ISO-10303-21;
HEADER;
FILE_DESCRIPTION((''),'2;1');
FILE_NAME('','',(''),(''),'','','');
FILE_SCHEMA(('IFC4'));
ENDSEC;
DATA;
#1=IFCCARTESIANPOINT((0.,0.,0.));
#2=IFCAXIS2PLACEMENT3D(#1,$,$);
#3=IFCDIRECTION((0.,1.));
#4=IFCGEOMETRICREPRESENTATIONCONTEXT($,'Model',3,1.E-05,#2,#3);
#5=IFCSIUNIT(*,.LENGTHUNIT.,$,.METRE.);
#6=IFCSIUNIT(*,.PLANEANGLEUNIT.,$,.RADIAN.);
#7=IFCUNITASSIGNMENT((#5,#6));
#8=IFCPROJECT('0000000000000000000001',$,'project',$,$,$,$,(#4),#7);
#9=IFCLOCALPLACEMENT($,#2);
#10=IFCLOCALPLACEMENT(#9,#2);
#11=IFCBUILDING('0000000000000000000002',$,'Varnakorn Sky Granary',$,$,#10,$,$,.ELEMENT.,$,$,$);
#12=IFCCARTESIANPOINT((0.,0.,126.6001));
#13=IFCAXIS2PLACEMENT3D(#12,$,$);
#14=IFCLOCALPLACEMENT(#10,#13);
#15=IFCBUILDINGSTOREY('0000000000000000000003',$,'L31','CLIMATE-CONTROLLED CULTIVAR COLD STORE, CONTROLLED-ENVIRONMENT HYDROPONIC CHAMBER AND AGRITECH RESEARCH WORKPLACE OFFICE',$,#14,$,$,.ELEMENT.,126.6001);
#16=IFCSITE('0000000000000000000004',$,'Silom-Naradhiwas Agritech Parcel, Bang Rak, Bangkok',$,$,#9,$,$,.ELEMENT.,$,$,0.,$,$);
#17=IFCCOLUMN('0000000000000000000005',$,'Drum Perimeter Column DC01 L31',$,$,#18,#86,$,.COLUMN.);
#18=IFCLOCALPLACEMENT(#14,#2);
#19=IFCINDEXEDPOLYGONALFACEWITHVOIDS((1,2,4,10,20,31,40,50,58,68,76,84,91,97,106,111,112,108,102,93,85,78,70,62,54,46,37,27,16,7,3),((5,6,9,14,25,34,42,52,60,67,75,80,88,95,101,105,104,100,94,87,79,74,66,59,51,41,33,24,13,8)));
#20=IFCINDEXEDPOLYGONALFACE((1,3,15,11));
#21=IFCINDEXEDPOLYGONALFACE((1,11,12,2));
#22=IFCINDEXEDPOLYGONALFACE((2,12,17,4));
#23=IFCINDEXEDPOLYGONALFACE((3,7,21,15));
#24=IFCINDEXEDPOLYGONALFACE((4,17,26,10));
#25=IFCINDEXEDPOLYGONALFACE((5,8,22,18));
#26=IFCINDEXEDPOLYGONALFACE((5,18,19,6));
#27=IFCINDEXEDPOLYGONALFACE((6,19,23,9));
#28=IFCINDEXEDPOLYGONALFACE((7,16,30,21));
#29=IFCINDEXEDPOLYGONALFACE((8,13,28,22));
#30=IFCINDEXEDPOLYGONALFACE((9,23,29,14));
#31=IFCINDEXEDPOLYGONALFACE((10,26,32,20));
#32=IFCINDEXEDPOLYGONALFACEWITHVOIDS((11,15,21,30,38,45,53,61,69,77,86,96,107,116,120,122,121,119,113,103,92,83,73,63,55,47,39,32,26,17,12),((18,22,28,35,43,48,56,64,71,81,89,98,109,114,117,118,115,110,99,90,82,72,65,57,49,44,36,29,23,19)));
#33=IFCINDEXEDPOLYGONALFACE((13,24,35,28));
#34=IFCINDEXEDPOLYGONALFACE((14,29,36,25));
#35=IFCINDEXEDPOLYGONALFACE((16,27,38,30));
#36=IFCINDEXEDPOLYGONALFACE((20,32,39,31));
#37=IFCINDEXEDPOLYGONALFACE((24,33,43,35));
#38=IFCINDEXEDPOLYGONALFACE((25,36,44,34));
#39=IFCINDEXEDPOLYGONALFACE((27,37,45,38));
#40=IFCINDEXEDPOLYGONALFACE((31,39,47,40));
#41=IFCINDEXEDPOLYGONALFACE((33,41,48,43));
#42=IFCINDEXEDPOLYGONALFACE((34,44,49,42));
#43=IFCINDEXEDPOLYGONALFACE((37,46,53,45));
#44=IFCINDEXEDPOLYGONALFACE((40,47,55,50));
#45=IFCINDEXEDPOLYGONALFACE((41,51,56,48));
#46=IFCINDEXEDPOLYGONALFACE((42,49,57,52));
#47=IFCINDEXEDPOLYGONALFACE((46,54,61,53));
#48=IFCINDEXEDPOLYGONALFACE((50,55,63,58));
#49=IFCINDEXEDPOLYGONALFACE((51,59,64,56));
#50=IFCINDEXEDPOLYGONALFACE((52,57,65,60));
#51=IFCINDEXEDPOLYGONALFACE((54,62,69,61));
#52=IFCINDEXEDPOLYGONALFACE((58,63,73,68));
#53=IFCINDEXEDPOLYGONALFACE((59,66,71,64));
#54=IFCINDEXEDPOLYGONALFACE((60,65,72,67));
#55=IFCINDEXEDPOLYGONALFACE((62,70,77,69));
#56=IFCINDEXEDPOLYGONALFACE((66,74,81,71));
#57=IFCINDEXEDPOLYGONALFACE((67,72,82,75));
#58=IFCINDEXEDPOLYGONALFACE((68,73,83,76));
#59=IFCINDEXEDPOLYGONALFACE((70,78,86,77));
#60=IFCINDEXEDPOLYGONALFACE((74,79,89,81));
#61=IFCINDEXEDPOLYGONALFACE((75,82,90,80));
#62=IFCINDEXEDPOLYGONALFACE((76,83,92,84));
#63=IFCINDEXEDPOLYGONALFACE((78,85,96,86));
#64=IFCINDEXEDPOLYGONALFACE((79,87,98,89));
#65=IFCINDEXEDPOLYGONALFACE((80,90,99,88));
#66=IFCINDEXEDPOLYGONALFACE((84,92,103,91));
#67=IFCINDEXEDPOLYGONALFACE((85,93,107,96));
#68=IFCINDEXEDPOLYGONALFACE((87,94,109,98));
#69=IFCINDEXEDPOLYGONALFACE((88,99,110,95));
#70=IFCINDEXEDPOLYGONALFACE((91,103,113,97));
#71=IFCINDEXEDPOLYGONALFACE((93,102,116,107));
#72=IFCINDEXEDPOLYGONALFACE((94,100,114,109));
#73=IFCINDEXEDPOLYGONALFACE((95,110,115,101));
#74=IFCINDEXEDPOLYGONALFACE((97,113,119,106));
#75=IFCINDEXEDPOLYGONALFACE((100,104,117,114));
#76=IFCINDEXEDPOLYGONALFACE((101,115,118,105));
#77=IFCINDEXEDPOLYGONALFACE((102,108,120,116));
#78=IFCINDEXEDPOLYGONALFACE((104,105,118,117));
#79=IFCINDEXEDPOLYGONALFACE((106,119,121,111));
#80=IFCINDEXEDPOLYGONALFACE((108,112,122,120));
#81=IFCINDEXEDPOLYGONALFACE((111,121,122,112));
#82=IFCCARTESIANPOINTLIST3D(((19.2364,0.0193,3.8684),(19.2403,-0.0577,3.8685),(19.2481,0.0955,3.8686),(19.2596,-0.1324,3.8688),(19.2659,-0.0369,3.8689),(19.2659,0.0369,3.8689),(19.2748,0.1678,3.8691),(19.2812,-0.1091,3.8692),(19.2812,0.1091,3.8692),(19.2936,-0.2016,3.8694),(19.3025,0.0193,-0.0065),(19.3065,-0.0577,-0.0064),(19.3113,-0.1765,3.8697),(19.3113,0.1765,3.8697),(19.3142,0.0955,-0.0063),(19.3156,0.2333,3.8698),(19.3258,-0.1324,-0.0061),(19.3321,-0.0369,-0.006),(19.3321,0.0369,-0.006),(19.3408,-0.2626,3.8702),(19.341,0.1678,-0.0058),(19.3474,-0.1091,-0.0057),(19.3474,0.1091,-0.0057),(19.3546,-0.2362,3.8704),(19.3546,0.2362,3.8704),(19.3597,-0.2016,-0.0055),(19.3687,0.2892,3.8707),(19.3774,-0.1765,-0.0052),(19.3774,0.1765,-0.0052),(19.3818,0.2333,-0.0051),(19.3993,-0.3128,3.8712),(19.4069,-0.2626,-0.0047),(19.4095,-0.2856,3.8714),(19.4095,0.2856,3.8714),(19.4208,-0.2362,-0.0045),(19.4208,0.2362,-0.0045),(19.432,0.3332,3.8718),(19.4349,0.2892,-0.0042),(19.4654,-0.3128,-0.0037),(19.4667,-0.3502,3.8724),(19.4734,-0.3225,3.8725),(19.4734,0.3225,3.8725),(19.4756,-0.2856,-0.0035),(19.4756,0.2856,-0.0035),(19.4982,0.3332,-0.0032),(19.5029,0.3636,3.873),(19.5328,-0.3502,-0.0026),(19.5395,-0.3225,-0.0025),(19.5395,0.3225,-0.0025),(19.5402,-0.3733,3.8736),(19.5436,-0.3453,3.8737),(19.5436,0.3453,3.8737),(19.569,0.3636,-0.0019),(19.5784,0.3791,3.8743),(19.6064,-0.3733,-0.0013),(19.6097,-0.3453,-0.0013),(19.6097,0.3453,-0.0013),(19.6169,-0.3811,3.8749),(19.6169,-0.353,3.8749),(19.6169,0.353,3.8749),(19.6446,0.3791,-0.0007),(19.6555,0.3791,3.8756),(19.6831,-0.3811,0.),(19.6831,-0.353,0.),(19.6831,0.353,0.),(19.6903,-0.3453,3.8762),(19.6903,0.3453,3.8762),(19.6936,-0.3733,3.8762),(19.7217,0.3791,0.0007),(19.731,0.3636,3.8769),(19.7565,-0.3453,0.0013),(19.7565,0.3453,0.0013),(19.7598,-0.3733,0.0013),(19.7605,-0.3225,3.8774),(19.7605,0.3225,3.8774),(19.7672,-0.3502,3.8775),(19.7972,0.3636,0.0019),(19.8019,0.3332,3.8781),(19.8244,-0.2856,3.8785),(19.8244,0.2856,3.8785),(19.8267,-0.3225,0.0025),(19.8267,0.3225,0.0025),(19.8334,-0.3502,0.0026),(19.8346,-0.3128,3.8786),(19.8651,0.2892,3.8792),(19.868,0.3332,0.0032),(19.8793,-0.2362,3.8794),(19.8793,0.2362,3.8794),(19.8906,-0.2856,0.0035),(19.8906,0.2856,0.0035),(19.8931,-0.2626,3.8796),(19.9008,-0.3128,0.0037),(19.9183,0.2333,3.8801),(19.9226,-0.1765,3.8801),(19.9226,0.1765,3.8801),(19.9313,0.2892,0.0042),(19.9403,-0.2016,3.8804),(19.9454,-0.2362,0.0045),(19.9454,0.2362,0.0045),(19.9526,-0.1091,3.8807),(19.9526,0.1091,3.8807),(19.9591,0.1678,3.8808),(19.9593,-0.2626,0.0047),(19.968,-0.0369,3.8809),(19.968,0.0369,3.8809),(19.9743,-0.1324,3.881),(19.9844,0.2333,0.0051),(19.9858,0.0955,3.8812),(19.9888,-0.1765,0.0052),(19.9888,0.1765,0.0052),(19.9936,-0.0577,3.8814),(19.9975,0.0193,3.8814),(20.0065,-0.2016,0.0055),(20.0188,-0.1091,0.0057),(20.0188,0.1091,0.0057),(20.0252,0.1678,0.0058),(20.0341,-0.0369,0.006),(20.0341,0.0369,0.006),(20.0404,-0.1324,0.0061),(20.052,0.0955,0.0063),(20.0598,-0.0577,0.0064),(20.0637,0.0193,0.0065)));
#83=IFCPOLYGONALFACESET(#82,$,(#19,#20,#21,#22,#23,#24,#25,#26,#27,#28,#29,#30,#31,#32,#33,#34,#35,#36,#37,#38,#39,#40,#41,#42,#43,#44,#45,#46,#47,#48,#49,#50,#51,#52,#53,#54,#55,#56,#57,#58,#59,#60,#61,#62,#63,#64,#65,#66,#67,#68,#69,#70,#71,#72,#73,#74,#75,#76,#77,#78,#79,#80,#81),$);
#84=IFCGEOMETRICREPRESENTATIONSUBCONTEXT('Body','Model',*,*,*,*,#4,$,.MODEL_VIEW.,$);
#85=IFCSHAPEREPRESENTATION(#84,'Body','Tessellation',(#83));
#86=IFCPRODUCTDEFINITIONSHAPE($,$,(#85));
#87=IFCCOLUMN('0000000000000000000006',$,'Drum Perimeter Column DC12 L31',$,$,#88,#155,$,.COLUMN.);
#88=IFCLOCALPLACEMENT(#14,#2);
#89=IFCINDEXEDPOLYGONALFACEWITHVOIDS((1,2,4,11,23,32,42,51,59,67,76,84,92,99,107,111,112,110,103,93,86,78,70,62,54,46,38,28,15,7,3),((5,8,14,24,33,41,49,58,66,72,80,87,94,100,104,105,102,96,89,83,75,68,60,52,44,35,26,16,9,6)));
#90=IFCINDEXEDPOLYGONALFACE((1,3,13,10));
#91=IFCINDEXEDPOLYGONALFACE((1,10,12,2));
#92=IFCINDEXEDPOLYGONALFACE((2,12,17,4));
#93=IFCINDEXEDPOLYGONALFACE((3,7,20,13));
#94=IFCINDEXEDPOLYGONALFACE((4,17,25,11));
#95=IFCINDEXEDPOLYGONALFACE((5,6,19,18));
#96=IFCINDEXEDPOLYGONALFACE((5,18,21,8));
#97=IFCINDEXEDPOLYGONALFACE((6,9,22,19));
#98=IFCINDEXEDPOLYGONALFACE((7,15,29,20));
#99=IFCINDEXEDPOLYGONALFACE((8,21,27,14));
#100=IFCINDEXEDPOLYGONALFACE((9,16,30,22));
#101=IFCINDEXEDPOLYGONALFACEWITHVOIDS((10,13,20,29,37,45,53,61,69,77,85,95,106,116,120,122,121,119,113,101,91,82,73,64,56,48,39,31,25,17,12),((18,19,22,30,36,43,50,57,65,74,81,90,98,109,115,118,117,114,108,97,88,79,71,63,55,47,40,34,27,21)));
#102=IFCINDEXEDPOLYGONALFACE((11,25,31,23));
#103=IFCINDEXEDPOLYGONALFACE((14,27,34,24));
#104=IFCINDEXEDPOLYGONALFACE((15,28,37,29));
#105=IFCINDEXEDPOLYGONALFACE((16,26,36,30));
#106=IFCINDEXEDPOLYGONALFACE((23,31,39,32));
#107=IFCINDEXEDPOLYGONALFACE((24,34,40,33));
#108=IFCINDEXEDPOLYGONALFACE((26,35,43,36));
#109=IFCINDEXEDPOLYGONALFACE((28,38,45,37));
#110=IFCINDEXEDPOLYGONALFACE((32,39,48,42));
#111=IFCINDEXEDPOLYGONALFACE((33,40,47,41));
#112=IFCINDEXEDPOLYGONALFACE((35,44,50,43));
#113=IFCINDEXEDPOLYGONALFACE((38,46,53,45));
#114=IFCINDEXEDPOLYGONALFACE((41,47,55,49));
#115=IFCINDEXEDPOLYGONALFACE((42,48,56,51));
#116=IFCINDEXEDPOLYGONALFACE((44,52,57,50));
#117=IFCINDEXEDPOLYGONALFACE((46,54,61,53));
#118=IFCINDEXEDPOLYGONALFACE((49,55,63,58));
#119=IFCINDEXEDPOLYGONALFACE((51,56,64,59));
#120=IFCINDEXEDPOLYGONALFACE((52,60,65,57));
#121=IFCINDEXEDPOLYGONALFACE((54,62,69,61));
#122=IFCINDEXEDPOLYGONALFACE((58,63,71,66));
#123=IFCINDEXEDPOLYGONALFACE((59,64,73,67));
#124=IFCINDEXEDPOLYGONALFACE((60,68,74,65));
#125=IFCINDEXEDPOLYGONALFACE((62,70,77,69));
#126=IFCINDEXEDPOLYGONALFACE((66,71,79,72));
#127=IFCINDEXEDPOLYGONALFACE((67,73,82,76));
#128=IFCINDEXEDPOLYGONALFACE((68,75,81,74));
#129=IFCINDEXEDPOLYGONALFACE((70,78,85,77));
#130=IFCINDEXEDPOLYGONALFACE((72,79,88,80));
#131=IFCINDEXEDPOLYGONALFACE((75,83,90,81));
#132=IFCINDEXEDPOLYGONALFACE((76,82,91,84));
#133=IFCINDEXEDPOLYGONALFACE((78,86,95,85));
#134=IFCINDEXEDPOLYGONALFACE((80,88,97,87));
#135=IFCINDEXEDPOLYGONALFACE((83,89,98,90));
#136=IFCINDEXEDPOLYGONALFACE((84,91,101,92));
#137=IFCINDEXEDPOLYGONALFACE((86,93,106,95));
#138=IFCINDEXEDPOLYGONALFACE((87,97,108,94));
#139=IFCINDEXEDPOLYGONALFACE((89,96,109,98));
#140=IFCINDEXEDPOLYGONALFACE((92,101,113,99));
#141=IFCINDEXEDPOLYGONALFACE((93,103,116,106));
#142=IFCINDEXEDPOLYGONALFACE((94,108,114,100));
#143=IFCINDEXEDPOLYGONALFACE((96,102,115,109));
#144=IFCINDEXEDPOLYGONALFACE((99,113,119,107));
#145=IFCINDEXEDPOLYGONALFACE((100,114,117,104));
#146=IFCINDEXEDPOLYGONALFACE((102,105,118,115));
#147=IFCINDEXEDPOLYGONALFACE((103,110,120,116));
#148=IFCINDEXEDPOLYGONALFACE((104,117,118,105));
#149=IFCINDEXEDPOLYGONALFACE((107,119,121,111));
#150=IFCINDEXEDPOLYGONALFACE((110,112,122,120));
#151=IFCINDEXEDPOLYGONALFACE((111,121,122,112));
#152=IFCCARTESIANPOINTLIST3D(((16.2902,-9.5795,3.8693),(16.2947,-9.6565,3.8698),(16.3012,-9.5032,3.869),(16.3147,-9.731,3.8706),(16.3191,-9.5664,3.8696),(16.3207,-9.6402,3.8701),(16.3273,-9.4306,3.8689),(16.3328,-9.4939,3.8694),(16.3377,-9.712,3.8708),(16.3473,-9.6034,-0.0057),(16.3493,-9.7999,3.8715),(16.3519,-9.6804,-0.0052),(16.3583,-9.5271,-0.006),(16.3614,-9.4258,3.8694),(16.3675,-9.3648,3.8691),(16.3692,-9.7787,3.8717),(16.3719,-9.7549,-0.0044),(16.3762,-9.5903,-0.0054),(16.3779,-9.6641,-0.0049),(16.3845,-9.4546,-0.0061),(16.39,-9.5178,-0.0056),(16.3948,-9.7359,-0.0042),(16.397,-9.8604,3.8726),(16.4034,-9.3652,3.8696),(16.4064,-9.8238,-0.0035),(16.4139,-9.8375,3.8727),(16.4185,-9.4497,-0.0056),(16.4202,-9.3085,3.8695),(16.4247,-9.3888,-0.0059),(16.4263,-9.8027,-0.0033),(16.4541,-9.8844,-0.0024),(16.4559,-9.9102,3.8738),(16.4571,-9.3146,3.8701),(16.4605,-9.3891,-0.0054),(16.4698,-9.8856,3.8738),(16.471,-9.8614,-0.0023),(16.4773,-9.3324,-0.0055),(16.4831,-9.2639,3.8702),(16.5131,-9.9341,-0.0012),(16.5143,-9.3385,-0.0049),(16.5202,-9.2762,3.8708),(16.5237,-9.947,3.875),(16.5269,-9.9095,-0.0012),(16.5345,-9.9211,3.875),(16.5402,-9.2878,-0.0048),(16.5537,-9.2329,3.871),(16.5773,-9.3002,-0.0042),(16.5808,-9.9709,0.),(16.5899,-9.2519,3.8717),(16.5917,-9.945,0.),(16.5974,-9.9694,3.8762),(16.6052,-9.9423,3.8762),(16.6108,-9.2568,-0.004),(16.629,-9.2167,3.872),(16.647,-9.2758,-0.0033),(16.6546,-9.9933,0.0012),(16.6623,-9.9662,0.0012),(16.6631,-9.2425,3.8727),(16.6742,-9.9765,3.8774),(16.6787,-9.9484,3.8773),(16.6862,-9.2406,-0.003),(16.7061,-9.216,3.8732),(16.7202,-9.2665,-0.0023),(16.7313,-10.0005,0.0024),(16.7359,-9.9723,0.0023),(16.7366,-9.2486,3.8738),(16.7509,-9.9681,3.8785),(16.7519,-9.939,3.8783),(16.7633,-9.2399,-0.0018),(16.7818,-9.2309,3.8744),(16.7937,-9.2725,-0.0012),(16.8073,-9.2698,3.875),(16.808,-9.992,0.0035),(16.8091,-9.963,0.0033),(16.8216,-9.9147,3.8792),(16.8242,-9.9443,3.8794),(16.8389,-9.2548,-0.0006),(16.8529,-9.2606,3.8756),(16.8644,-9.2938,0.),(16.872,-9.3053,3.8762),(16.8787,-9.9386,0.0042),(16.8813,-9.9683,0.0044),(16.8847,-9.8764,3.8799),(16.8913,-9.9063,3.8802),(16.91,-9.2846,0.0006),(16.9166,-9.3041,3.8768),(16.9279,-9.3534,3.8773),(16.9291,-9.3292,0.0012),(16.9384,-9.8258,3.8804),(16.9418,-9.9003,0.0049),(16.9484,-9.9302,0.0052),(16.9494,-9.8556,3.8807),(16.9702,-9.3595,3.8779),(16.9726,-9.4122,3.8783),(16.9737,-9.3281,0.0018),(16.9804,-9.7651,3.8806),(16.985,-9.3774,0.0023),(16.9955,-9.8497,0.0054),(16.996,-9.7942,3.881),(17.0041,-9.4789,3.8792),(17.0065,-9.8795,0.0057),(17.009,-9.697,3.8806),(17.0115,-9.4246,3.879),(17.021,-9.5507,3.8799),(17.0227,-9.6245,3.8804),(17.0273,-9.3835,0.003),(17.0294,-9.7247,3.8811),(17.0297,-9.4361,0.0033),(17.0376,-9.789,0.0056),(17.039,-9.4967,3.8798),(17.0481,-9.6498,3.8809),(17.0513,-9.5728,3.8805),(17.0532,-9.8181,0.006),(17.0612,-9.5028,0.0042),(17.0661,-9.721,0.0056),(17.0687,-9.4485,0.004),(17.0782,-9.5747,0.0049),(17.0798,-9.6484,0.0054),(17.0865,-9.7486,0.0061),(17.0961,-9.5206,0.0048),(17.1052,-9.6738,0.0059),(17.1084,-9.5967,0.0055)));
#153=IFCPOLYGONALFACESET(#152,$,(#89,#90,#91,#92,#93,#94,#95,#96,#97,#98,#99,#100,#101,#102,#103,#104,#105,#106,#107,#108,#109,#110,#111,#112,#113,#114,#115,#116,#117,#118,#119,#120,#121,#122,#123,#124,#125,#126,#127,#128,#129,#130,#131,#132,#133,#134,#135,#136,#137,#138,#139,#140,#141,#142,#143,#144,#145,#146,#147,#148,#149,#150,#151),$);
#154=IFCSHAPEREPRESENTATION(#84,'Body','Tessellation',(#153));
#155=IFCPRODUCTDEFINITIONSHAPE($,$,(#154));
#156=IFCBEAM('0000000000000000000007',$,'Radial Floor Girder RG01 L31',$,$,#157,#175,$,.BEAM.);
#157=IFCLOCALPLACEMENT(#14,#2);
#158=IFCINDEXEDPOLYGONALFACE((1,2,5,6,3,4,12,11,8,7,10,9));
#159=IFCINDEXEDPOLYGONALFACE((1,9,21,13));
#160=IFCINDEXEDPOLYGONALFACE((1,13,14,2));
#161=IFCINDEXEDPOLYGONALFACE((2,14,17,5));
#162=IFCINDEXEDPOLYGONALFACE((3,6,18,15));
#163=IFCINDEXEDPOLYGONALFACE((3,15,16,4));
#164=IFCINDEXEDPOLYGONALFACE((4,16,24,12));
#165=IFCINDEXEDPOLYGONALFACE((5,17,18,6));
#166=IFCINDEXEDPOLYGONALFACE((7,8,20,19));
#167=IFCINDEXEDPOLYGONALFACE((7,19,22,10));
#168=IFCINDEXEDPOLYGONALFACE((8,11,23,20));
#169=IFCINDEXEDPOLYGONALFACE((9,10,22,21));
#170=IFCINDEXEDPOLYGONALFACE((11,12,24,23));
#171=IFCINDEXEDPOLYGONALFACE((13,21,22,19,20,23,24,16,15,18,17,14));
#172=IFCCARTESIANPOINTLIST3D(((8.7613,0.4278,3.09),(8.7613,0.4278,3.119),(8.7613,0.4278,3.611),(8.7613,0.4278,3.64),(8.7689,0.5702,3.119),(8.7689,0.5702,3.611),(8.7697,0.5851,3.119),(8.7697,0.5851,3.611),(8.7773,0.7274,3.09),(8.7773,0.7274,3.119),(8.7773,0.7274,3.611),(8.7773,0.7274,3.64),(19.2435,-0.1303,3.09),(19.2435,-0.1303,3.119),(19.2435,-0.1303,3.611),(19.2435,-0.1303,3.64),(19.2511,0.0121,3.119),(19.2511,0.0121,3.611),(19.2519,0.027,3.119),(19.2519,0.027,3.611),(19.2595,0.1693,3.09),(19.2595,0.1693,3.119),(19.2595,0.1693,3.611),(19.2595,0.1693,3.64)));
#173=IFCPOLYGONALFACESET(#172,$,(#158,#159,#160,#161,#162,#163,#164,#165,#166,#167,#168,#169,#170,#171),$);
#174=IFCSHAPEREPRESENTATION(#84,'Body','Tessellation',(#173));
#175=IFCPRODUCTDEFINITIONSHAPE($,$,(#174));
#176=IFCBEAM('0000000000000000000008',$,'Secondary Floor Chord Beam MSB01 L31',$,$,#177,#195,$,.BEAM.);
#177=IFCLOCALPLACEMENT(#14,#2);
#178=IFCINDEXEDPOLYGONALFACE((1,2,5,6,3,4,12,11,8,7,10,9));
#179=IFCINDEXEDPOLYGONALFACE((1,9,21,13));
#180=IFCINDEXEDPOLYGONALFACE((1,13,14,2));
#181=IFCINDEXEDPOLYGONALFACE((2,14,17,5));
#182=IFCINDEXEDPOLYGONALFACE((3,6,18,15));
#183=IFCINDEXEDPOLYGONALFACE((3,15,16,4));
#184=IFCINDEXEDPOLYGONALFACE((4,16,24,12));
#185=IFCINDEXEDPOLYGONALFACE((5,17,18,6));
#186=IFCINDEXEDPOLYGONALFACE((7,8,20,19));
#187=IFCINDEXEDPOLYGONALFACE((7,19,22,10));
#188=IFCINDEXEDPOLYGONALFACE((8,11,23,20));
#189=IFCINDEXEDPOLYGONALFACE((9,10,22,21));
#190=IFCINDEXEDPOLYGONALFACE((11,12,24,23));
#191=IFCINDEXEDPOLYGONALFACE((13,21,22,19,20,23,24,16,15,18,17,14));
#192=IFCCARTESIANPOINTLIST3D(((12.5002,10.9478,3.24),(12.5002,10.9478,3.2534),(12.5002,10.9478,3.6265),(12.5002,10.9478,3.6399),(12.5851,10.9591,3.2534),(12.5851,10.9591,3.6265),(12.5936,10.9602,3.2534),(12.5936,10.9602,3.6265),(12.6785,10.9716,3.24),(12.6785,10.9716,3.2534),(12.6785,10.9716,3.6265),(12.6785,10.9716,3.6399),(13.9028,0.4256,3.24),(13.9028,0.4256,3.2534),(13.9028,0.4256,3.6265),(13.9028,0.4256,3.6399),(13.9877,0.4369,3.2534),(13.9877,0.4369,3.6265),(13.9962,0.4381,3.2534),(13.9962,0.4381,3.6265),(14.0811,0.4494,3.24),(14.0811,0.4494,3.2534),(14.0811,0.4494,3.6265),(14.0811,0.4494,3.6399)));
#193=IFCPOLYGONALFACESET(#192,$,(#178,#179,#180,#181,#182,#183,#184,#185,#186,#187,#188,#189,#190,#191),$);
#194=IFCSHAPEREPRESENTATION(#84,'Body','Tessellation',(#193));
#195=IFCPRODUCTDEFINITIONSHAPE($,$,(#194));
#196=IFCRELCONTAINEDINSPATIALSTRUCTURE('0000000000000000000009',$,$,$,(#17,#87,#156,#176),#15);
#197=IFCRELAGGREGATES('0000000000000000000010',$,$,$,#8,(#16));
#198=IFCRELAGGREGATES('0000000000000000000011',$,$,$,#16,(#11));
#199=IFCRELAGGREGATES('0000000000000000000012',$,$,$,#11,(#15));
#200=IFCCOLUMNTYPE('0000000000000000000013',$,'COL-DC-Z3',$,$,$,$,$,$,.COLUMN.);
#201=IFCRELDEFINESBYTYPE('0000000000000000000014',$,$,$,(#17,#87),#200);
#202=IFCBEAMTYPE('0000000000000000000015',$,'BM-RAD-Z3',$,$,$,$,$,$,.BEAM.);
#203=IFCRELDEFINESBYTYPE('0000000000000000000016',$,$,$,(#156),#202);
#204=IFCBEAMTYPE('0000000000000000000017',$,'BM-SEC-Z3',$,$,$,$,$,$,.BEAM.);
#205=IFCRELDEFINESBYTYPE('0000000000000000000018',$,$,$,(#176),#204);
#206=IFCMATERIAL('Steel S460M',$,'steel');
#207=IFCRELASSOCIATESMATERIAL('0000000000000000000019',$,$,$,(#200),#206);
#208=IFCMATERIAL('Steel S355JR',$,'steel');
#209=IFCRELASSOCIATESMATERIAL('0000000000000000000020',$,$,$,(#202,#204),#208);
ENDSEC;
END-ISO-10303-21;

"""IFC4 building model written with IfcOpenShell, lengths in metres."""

from ifc_helpers import new_model, si_unit, direction, frame, origin, origin_2d, place, context, subcontext, project, spatial, hollow_circle, i_section, extrude, material, material_profile, profile_set, type_object, element, save


model = new_model("IFC4")

# Units and contexts
model_context = context("Model", 3, precision=1e-05, world=origin(), true_north=direction((0.0, 1.0)))
body_context = subcontext(model_context, "Body", "Model", "MODEL_VIEW")
ifc_project = project(units=[si_unit("LENGTHUNIT", "METRE"), si_unit("PLANEANGLEUNIT", "RADIAN")], contexts=[model_context])

# Site, building, storey
site_placement = place(None, origin())
site = spatial("IfcSite", under=ifc_project, at=site_placement, Name="Silom-Naradhiwas Agritech Parcel, Bang Rak, Bangkok", CompositionType="ELEMENT", RefElevation=0.0)
building_placement = place(site_placement, origin())
building = spatial("IfcBuilding", under=site, at=building_placement, Name="Varnakorn Sky Granary", CompositionType="ELEMENT")
storey_placement = place(building_placement, frame((0.0, 0.0, 126.6001)))
storey = spatial("IfcBuildingStorey", under=building, at=storey_placement, Name="L31", Description="CLIMATE-CONTROLLED CULTIVAR COLD STORE, CONTROLLED-ENVIRONMENT HYDROPONIC CHAMBER AND AGRITECH RESEARCH WORKPLACE OFFICE", CompositionType="ELEMENT", Elevation=126.6001)

# Columns
ifc_material_1 = material(Name="Steel S460M", Category="steel")
ifc_material_profile_1 = material_profile(ifc_material_1, hollow_circle(Radius=0.3811, WallThickness=0.0281, at=origin_2d()), Name="CHS 762x28")
ifc_profile_set_1 = profile_set([ifc_material_profile_1], Name="Steel S460M")
column_type = type_object("IfcColumnType", Name="COL-DC-Z3", PredefinedType="COLUMN", material=ifc_profile_set_1)
for number, where, z_axis, x_axis, name in (
    (1, (19.6831, 0.0, 0.0), (-0.017072, 0.0, 0.999854), (0.0, -1.0, 0.0), "Drum Perimeter Column DC01 L31"),
    (2, (16.728, -9.6194, 0.0), (-0.014741, 0.006174, 0.999872), (-0.386294, -0.922376, 0.0), "Drum Perimeter Column DC12 L31"),
):
    element("IfcColumn", number, at=place(storey_placement, frame(where, z_axis=z_axis, x_axis=x_axis)), inside=storey, type_object=column_type, Name=name, PredefinedType="COLUMN", context=body_context, shape_type="SweptSolid", body=[
        extrude(hollow_circle(Radius=0.3811, WallThickness=0.0281, at=origin_2d()), origin(), (0.0, 0.0, 1.0), 3.8755),
    ])

# Beams
ifc_material_2 = material(Name="Steel S355JR", Category="steel")
ifc_material_profile_2 = material_profile(ifc_material_2, i_section(OverallWidth=0.3, OverallDepth=0.55, WebThickness=0.0149, FlangeThickness=0.0291, at=origin_2d()), Name="HE 550 B")
ifc_profile_set_2 = profile_set([ifc_material_profile_2], Name="Steel S355JR")
beam_type_1 = type_object("IfcBeamType", Name="BM-RAD-Z3", PredefinedType="BEAM", material=ifc_profile_set_2)
beam_1_placement = place(storey_placement, frame((8.7693, 0.5776, 3.365), z_axis=(0.998586, -0.053168, 0.0), x_axis=(0.053168, 0.998586, 0.0)))
element("IfcBeam", 3, at=beam_1_placement, inside=storey, type_object=beam_type_1, Name="Radial Floor Girder RG01 L31", PredefinedType="BEAM", context=body_context, shape_type="SweptSolid", body=[
    extrude(i_section(OverallWidth=0.3, OverallDepth=0.55, WebThickness=0.0149, FlangeThickness=0.0291, at=origin_2d()), origin(), (0.0, 0.0, 1.0), 10.4971),
])
ifc_material_profile_3 = material_profile(ifc_material_2, i_section(OverallWidth=0.1799, OverallDepth=0.3999, WebThickness=0.0085, FlangeThickness=0.0134, at=origin_2d()), Name="IPE 400")
ifc_profile_set_3 = profile_set([ifc_material_profile_3], Name="Steel S355JR")
beam_type_2 = type_object("IfcBeamType", Name="BM-SEC-Z3", PredefinedType="BEAM", material=ifc_profile_set_3)
beam_2_placement = place(storey_placement, frame((13.9919, 0.4375, 3.4399), z_axis=(-0.132129, 0.991233, 0.0), x_axis=(-0.991233, -0.132129, 0.0)))
element("IfcBeam", 4, at=beam_2_placement, inside=storey, type_object=beam_type_2, Name="Secondary Floor Chord Beam MSB01 L31", PredefinedType="BEAM", context=body_context, shape_type="SweptSolid", body=[
    extrude(i_section(OverallWidth=0.1799, OverallDepth=0.3999, WebThickness=0.0085, FlangeThickness=0.0134, at=origin_2d()), origin(), (0.0, 0.0, 1.0), 10.6152),
])

save(model, "model.ifc")
